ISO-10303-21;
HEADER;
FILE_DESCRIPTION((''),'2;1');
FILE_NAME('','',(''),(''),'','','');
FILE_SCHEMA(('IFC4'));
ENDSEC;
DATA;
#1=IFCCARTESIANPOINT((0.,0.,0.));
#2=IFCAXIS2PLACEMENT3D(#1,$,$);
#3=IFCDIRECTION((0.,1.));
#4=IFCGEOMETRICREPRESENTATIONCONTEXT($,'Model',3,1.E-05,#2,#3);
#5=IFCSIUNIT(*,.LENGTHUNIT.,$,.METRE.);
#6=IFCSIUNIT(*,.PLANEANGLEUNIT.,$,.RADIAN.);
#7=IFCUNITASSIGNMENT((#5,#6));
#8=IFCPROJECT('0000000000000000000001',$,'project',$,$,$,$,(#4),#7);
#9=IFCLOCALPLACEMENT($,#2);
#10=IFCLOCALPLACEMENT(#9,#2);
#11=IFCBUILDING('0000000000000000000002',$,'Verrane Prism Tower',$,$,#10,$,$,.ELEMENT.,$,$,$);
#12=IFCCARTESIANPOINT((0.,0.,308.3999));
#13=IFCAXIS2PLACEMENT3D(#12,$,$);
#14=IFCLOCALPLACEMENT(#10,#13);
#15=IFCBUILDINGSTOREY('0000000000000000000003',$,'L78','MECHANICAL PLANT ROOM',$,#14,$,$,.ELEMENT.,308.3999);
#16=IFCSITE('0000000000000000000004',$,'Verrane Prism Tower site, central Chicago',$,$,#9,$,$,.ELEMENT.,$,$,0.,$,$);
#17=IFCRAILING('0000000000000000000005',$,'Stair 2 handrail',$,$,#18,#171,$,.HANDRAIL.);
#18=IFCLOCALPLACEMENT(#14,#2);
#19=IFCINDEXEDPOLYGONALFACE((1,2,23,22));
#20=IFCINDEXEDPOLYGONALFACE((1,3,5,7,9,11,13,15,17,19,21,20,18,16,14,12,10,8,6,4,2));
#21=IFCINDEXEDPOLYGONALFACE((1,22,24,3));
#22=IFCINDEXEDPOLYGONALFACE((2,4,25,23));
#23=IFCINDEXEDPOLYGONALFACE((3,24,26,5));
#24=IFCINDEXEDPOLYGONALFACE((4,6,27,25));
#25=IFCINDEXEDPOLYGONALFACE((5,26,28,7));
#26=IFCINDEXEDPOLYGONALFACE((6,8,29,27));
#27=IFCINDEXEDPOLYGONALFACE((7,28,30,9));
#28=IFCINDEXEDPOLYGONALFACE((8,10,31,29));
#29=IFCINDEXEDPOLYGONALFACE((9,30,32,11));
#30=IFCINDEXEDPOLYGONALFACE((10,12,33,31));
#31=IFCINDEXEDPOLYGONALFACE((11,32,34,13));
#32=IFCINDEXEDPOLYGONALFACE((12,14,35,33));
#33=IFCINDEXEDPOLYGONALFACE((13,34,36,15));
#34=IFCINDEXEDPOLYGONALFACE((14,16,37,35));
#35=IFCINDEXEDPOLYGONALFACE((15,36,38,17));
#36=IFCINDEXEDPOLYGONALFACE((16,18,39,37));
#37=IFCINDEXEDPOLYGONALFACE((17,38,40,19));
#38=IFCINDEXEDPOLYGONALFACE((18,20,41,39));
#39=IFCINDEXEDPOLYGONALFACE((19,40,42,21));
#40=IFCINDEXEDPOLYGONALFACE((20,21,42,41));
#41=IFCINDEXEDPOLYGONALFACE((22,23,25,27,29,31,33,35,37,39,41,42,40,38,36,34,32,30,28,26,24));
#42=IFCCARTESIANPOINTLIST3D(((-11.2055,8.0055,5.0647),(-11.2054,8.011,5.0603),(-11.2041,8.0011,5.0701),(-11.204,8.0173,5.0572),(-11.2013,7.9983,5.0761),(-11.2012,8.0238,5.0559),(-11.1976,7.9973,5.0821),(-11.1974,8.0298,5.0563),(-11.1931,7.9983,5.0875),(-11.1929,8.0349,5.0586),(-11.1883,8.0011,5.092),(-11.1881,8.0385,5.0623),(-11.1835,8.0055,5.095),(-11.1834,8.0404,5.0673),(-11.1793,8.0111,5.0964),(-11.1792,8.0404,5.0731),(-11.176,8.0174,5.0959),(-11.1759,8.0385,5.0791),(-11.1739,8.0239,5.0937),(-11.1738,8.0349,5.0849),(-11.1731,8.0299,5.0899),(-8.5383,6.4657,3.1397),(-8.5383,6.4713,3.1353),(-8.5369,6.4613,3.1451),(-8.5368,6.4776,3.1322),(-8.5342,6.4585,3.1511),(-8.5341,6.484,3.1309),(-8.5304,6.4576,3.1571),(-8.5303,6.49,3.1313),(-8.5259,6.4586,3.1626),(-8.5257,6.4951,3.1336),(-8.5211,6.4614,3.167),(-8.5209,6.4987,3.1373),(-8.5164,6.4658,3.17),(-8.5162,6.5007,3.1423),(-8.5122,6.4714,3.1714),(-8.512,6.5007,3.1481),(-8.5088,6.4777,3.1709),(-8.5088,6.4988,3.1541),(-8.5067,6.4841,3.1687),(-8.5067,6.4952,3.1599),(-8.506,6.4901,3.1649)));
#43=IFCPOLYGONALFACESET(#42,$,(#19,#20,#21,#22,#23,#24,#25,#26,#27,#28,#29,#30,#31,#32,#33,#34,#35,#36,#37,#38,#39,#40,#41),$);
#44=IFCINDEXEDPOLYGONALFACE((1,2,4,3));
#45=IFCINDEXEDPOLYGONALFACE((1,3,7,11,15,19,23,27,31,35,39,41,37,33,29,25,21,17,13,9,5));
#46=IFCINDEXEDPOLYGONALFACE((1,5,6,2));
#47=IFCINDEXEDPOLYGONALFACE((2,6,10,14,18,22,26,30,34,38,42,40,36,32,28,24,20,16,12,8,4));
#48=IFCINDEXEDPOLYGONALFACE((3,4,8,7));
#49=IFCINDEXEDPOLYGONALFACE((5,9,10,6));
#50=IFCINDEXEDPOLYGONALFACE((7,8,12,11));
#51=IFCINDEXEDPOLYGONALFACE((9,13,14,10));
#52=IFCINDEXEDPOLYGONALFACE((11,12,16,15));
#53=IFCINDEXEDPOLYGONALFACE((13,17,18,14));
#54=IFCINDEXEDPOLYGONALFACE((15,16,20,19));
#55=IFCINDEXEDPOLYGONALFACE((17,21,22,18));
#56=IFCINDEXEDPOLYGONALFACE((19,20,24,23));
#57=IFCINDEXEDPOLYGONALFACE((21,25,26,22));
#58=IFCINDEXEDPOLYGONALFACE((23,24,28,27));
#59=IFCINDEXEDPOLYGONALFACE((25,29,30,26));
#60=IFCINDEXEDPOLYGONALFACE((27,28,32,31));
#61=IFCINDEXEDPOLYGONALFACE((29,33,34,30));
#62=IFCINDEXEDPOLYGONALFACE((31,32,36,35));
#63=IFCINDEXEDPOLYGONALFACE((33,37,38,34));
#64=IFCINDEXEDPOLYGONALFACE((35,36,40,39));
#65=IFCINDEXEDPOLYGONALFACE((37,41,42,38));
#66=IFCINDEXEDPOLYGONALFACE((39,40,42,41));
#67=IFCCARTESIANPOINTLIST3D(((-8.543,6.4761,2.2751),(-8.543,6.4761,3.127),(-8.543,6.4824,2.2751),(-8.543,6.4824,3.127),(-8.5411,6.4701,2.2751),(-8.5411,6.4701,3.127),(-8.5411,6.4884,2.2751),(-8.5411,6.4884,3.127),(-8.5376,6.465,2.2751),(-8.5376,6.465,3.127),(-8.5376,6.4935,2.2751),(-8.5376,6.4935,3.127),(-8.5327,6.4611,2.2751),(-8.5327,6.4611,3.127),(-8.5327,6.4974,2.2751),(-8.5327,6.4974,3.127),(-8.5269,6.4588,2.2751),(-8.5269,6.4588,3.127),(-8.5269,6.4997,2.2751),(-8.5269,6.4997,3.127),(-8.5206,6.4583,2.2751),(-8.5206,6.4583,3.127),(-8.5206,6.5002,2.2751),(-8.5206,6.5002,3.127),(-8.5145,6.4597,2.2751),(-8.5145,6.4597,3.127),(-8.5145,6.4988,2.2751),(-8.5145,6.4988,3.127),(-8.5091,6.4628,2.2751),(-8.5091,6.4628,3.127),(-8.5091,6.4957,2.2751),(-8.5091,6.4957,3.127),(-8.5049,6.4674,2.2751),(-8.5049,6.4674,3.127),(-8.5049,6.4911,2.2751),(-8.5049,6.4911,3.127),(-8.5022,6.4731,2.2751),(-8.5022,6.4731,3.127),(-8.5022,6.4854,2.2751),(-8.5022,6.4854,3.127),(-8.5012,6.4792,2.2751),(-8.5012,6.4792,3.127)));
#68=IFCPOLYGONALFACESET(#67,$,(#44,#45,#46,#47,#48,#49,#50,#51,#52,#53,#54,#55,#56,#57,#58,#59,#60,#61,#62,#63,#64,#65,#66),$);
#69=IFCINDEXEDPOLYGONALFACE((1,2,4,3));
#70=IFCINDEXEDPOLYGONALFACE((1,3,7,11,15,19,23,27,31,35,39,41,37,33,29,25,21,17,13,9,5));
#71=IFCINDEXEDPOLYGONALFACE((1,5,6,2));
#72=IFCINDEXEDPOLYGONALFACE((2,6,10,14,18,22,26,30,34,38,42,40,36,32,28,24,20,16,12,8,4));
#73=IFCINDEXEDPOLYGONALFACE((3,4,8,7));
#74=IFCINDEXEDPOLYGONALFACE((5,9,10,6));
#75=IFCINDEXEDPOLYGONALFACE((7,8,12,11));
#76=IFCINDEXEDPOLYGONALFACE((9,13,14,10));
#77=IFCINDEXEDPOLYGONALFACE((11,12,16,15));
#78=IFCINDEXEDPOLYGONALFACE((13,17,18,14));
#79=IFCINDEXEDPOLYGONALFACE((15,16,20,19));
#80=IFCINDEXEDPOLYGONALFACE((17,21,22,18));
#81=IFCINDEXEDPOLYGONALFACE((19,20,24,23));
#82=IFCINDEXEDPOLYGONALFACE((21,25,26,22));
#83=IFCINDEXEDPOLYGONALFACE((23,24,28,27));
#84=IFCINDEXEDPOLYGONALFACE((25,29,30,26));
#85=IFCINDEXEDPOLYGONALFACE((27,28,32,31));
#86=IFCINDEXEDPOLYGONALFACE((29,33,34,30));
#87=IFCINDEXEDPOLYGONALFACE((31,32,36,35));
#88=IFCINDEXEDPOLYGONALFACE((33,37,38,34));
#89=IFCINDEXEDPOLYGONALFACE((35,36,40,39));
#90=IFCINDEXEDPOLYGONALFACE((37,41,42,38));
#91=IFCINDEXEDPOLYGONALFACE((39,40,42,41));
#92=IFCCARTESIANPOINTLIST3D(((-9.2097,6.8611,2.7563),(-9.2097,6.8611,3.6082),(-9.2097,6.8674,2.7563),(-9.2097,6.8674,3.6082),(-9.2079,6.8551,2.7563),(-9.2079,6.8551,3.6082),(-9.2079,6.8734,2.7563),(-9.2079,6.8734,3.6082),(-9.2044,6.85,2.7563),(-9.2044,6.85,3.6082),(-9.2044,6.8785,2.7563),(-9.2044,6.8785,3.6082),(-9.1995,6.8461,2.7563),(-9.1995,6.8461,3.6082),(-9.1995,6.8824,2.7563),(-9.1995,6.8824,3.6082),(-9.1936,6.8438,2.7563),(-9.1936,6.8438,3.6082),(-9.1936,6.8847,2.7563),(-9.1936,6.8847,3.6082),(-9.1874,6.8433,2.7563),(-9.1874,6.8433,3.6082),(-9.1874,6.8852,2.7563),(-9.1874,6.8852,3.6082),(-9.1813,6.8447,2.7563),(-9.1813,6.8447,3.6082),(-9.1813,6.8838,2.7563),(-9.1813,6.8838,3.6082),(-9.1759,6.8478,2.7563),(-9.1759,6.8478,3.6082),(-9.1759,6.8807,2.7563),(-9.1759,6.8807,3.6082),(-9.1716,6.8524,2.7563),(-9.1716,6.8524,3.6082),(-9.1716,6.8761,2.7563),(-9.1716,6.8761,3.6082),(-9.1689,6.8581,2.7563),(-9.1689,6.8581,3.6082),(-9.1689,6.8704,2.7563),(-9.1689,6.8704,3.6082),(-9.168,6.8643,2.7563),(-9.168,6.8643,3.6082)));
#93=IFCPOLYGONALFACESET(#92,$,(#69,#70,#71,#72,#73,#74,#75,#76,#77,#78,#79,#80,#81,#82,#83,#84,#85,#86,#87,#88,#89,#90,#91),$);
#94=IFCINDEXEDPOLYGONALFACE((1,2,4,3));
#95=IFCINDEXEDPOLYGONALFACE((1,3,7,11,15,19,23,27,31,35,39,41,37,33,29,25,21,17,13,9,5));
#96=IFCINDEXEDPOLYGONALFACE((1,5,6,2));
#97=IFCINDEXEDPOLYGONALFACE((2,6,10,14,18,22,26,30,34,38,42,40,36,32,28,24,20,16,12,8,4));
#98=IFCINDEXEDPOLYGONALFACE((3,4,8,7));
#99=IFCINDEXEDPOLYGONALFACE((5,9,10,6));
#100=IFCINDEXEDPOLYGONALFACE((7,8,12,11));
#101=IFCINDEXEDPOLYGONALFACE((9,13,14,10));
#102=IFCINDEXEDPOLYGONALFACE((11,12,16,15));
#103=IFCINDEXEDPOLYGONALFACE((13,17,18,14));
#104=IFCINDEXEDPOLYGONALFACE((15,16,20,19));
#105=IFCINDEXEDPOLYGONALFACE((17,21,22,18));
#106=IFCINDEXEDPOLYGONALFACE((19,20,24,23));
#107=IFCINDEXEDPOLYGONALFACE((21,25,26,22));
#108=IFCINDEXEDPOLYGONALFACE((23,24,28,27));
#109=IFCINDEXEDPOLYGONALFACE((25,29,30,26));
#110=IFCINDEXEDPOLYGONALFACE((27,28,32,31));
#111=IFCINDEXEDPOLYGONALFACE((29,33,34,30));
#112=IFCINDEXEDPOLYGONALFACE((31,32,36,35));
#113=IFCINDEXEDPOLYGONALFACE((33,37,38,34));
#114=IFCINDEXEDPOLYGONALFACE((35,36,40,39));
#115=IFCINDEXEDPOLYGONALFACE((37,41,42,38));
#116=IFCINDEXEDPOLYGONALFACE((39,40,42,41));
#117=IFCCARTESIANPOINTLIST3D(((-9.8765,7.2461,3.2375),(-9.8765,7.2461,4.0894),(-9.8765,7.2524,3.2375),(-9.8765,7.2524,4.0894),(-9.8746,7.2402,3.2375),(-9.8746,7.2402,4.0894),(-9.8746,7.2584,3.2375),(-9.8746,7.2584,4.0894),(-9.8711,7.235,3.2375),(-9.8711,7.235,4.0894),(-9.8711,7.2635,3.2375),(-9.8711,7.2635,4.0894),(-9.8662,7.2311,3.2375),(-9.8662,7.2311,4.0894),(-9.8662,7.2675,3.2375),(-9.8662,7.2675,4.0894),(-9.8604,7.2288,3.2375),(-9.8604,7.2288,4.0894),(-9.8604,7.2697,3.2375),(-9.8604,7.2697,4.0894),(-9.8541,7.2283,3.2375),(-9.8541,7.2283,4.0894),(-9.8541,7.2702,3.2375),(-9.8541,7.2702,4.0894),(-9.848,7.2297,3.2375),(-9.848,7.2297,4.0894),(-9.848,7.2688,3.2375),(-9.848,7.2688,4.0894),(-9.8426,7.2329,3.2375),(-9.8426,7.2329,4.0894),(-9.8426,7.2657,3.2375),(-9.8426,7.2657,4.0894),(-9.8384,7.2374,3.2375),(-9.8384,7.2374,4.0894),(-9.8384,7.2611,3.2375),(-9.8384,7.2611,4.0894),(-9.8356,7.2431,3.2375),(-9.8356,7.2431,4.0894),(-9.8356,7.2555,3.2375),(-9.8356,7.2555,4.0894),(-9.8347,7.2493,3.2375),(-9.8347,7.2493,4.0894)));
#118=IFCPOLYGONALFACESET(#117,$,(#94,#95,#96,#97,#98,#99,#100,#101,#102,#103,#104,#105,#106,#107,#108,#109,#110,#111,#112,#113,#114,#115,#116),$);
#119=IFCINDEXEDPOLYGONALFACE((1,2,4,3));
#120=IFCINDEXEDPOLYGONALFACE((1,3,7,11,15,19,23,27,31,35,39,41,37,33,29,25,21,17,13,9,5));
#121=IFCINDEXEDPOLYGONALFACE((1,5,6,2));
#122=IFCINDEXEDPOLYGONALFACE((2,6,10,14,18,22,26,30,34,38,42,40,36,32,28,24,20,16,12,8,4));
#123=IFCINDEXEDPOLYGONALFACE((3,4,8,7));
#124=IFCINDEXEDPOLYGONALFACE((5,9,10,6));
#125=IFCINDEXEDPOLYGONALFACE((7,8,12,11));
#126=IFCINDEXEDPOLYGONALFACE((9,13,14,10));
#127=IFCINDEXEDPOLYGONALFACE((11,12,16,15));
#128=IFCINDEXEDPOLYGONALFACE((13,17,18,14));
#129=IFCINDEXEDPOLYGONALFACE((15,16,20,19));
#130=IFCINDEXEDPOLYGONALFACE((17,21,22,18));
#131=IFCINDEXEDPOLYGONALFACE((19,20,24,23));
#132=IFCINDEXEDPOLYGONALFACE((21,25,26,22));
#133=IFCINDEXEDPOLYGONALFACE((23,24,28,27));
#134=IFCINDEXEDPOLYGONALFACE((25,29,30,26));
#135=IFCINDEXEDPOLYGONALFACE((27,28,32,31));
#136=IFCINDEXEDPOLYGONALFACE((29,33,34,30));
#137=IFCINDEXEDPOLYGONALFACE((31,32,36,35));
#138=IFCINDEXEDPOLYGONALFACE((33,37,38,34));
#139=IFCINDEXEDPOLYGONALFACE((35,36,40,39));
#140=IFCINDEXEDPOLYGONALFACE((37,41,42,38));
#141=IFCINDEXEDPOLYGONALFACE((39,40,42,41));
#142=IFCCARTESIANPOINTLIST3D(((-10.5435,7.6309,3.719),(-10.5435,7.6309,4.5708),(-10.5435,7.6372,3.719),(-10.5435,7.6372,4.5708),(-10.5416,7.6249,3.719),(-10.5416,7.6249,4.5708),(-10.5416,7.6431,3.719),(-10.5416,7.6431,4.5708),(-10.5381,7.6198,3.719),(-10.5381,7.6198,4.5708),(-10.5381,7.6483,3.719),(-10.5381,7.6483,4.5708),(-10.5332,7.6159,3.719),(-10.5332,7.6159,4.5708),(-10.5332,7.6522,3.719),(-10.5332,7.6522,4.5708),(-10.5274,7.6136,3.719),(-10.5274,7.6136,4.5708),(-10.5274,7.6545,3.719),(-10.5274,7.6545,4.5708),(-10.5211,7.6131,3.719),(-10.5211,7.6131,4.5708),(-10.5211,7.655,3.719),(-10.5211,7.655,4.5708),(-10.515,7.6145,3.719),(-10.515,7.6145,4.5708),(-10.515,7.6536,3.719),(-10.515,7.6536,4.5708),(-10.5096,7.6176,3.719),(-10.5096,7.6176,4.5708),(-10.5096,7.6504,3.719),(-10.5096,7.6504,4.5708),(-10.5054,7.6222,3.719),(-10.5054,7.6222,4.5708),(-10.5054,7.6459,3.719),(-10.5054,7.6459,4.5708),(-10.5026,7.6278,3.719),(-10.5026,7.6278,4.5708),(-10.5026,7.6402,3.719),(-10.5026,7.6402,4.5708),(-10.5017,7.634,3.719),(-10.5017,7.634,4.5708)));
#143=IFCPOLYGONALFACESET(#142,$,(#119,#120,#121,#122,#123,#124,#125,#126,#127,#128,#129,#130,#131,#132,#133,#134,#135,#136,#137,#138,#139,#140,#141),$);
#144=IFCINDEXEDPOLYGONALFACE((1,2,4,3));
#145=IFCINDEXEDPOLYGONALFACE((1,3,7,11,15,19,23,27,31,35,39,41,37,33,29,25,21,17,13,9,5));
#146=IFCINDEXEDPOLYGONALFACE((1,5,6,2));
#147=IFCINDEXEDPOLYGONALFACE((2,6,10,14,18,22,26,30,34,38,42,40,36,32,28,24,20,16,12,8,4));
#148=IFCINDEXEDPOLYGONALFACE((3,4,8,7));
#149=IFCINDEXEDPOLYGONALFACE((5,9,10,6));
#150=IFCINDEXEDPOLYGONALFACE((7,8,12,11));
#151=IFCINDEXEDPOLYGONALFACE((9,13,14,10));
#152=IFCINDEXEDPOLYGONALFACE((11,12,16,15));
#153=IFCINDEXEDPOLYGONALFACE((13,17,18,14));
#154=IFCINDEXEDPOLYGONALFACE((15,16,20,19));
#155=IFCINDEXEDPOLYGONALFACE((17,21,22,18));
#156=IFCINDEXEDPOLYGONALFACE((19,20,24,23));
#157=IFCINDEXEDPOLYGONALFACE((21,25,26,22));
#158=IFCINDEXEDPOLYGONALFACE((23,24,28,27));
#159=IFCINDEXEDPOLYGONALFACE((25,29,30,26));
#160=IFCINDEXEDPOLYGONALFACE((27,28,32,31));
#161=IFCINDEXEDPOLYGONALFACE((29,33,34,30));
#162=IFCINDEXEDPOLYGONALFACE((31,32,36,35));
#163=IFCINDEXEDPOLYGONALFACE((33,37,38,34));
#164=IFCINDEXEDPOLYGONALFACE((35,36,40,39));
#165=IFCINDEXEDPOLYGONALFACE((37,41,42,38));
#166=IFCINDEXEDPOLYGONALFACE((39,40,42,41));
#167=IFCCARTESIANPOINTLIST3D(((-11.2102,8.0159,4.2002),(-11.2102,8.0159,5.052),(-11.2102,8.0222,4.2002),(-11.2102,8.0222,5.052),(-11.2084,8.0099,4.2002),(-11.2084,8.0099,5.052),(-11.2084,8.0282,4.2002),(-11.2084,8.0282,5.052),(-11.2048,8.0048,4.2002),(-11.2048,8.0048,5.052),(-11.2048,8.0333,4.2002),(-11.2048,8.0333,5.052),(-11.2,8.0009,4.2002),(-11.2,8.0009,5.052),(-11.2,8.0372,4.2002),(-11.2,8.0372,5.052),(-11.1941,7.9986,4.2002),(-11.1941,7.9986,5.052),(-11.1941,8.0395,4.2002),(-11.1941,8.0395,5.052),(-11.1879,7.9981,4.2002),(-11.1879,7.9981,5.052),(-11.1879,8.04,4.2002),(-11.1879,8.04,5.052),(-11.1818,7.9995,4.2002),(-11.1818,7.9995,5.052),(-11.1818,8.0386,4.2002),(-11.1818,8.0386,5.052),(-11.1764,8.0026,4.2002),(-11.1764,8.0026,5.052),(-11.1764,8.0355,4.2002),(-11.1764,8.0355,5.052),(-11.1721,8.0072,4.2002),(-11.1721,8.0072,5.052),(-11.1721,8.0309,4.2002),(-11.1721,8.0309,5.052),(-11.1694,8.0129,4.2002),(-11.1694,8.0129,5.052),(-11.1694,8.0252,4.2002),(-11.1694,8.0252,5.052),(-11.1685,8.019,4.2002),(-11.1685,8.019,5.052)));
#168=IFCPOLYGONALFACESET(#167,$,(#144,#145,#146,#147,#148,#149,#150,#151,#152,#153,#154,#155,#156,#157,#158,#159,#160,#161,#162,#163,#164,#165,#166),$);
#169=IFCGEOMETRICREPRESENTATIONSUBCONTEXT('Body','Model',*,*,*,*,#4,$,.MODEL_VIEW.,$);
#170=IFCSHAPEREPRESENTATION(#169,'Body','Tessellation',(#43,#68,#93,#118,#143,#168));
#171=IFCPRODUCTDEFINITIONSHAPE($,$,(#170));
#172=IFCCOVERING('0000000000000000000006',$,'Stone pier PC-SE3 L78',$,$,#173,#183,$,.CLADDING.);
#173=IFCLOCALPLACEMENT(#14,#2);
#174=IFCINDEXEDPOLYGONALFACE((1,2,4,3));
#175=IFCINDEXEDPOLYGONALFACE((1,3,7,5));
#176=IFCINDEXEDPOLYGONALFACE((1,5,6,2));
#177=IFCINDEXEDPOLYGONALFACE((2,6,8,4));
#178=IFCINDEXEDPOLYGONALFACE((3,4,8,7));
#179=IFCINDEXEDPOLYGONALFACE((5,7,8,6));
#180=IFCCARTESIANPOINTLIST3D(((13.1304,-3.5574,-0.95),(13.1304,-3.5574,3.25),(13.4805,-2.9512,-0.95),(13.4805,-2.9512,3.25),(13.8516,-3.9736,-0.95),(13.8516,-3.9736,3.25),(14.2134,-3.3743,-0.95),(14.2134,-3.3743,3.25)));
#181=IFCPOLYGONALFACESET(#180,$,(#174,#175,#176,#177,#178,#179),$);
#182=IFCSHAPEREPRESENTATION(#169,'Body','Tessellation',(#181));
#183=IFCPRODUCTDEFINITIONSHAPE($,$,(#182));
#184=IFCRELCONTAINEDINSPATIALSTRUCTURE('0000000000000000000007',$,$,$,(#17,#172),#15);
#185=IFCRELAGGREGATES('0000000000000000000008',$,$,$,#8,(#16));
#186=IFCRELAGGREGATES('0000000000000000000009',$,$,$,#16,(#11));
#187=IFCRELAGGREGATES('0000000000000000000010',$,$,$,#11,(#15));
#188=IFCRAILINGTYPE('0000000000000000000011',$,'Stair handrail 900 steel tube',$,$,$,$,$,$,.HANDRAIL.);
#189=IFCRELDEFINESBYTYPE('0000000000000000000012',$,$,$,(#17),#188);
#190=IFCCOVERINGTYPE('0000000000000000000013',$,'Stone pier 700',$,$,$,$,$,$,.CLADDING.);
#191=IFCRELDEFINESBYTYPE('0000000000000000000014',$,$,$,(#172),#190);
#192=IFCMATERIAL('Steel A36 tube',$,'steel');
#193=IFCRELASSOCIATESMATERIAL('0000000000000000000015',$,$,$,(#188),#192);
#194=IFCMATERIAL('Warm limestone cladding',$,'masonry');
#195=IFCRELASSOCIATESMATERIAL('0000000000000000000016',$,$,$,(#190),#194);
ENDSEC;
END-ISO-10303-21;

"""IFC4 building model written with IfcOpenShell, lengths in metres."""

from ifc_helpers import new_model, si_unit, direction, frame, origin, origin_2d, place, context, subcontext, project, spatial, polyline, circle, outline, extrude, material, type_object, element, save


model = new_model("IFC4")

# Units and contexts
model_context = context("Model", 3, precision=1e-05, world=origin(), true_north=direction((0.0, 1.0)))
body_context = subcontext(model_context, "Body", "Model", "MODEL_VIEW")
ifc_project = project(units=[si_unit("LENGTHUNIT", "METRE"), si_unit("PLANEANGLEUNIT", "RADIAN")], contexts=[model_context])

# Site, building, storey
site_placement = place(None, origin())
site = spatial("IfcSite", under=ifc_project, at=site_placement, Name="Verrane Prism Tower site, central Chicago", CompositionType="ELEMENT", RefElevation=0.0)
building_placement = place(site_placement, origin())
building = spatial("IfcBuilding", under=site, at=building_placement, Name="Verrane Prism Tower", CompositionType="ELEMENT")
storey_placement = place(building_placement, frame((0.0, 0.0, 308.3999)))
storey = spatial("IfcBuildingStorey", under=building, at=storey_placement, Name="L78", Description="MECHANICAL PLANT ROOM", CompositionType="ELEMENT", Elevation=308.3999)

# Railing
ifc_material_1 = material(Name="Steel A36 tube", Category="steel")
railing_type = type_object("IfcRailingType", Name="Stair handrail 900 steel tube", PredefinedType="HANDRAIL", material=ifc_material_1)
railing_placement = place(storey_placement, frame((-8.5222, 6.4792, 2.2751)))
element("IfcRailing", 1, at=railing_placement, inside=storey, type_object=railing_type, Name="Stair 2 handrail", PredefinedType="HANDRAIL", context=body_context, shape_type="SweptSolid", body=[
    extrude(circle(Radius=0.0239, at=origin_2d()), frame((0.0, 0.0, 0.876), z_axis=(-0.734385, 0.42396, 0.530034), x_axis=(-0.499967, -0.866044, 0.0)), (0.0, 0.0, 1.0), 3.6318),
    extrude(circle(Radius=0.021, at=origin_2d()), origin(), (0.0, 0.0, 1.0), 0.8518),
    extrude(circle(Radius=0.021, at=origin_2d()), frame((-0.6667, 0.385, 0.4812)), (0.0, 0.0, 1.0), 0.8518),
    extrude(circle(Radius=0.021, at=origin_2d()), frame((-1.3335, 0.77, 0.9624)), (0.0, 0.0, 1.0), 0.8518),
    extrude(circle(Radius=0.021, at=origin_2d()), frame((-2.0005, 1.1548, 1.4438)), (0.0, 0.0, 1.0), 0.8518),
    extrude(circle(Radius=0.021, at=origin_2d()), frame((-2.6672, 1.5398, 1.925)), (0.0, 0.0, 1.0), 0.8518),
])

# Covering
ifc_material_2 = material(Name="Warm limestone cladding", Category="masonry")
covering_type = type_object("IfcCoveringType", Name="Stone pier 700", PredefinedType="CLADDING", material=ifc_material_2)
covering_placement = place(storey_placement, frame((0.0, 0.0, -0.95)))
element("IfcCovering", 2, at=covering_placement, inside=storey, type_object=covering_type, Name="Stone pier PC-SE3 L78", PredefinedType="CLADDING", context=body_context, shape_type="SweptSolid", body=[
    extrude(outline(polyline([(13.4805, -2.9512), (13.1304, -3.5574), (13.8516, -3.9736), (14.2134, -3.3743), (13.4805, -2.9512)])), origin(), (0.0, 0.0, 1.0), 4.2),
])

save(model, "model.ifc")
